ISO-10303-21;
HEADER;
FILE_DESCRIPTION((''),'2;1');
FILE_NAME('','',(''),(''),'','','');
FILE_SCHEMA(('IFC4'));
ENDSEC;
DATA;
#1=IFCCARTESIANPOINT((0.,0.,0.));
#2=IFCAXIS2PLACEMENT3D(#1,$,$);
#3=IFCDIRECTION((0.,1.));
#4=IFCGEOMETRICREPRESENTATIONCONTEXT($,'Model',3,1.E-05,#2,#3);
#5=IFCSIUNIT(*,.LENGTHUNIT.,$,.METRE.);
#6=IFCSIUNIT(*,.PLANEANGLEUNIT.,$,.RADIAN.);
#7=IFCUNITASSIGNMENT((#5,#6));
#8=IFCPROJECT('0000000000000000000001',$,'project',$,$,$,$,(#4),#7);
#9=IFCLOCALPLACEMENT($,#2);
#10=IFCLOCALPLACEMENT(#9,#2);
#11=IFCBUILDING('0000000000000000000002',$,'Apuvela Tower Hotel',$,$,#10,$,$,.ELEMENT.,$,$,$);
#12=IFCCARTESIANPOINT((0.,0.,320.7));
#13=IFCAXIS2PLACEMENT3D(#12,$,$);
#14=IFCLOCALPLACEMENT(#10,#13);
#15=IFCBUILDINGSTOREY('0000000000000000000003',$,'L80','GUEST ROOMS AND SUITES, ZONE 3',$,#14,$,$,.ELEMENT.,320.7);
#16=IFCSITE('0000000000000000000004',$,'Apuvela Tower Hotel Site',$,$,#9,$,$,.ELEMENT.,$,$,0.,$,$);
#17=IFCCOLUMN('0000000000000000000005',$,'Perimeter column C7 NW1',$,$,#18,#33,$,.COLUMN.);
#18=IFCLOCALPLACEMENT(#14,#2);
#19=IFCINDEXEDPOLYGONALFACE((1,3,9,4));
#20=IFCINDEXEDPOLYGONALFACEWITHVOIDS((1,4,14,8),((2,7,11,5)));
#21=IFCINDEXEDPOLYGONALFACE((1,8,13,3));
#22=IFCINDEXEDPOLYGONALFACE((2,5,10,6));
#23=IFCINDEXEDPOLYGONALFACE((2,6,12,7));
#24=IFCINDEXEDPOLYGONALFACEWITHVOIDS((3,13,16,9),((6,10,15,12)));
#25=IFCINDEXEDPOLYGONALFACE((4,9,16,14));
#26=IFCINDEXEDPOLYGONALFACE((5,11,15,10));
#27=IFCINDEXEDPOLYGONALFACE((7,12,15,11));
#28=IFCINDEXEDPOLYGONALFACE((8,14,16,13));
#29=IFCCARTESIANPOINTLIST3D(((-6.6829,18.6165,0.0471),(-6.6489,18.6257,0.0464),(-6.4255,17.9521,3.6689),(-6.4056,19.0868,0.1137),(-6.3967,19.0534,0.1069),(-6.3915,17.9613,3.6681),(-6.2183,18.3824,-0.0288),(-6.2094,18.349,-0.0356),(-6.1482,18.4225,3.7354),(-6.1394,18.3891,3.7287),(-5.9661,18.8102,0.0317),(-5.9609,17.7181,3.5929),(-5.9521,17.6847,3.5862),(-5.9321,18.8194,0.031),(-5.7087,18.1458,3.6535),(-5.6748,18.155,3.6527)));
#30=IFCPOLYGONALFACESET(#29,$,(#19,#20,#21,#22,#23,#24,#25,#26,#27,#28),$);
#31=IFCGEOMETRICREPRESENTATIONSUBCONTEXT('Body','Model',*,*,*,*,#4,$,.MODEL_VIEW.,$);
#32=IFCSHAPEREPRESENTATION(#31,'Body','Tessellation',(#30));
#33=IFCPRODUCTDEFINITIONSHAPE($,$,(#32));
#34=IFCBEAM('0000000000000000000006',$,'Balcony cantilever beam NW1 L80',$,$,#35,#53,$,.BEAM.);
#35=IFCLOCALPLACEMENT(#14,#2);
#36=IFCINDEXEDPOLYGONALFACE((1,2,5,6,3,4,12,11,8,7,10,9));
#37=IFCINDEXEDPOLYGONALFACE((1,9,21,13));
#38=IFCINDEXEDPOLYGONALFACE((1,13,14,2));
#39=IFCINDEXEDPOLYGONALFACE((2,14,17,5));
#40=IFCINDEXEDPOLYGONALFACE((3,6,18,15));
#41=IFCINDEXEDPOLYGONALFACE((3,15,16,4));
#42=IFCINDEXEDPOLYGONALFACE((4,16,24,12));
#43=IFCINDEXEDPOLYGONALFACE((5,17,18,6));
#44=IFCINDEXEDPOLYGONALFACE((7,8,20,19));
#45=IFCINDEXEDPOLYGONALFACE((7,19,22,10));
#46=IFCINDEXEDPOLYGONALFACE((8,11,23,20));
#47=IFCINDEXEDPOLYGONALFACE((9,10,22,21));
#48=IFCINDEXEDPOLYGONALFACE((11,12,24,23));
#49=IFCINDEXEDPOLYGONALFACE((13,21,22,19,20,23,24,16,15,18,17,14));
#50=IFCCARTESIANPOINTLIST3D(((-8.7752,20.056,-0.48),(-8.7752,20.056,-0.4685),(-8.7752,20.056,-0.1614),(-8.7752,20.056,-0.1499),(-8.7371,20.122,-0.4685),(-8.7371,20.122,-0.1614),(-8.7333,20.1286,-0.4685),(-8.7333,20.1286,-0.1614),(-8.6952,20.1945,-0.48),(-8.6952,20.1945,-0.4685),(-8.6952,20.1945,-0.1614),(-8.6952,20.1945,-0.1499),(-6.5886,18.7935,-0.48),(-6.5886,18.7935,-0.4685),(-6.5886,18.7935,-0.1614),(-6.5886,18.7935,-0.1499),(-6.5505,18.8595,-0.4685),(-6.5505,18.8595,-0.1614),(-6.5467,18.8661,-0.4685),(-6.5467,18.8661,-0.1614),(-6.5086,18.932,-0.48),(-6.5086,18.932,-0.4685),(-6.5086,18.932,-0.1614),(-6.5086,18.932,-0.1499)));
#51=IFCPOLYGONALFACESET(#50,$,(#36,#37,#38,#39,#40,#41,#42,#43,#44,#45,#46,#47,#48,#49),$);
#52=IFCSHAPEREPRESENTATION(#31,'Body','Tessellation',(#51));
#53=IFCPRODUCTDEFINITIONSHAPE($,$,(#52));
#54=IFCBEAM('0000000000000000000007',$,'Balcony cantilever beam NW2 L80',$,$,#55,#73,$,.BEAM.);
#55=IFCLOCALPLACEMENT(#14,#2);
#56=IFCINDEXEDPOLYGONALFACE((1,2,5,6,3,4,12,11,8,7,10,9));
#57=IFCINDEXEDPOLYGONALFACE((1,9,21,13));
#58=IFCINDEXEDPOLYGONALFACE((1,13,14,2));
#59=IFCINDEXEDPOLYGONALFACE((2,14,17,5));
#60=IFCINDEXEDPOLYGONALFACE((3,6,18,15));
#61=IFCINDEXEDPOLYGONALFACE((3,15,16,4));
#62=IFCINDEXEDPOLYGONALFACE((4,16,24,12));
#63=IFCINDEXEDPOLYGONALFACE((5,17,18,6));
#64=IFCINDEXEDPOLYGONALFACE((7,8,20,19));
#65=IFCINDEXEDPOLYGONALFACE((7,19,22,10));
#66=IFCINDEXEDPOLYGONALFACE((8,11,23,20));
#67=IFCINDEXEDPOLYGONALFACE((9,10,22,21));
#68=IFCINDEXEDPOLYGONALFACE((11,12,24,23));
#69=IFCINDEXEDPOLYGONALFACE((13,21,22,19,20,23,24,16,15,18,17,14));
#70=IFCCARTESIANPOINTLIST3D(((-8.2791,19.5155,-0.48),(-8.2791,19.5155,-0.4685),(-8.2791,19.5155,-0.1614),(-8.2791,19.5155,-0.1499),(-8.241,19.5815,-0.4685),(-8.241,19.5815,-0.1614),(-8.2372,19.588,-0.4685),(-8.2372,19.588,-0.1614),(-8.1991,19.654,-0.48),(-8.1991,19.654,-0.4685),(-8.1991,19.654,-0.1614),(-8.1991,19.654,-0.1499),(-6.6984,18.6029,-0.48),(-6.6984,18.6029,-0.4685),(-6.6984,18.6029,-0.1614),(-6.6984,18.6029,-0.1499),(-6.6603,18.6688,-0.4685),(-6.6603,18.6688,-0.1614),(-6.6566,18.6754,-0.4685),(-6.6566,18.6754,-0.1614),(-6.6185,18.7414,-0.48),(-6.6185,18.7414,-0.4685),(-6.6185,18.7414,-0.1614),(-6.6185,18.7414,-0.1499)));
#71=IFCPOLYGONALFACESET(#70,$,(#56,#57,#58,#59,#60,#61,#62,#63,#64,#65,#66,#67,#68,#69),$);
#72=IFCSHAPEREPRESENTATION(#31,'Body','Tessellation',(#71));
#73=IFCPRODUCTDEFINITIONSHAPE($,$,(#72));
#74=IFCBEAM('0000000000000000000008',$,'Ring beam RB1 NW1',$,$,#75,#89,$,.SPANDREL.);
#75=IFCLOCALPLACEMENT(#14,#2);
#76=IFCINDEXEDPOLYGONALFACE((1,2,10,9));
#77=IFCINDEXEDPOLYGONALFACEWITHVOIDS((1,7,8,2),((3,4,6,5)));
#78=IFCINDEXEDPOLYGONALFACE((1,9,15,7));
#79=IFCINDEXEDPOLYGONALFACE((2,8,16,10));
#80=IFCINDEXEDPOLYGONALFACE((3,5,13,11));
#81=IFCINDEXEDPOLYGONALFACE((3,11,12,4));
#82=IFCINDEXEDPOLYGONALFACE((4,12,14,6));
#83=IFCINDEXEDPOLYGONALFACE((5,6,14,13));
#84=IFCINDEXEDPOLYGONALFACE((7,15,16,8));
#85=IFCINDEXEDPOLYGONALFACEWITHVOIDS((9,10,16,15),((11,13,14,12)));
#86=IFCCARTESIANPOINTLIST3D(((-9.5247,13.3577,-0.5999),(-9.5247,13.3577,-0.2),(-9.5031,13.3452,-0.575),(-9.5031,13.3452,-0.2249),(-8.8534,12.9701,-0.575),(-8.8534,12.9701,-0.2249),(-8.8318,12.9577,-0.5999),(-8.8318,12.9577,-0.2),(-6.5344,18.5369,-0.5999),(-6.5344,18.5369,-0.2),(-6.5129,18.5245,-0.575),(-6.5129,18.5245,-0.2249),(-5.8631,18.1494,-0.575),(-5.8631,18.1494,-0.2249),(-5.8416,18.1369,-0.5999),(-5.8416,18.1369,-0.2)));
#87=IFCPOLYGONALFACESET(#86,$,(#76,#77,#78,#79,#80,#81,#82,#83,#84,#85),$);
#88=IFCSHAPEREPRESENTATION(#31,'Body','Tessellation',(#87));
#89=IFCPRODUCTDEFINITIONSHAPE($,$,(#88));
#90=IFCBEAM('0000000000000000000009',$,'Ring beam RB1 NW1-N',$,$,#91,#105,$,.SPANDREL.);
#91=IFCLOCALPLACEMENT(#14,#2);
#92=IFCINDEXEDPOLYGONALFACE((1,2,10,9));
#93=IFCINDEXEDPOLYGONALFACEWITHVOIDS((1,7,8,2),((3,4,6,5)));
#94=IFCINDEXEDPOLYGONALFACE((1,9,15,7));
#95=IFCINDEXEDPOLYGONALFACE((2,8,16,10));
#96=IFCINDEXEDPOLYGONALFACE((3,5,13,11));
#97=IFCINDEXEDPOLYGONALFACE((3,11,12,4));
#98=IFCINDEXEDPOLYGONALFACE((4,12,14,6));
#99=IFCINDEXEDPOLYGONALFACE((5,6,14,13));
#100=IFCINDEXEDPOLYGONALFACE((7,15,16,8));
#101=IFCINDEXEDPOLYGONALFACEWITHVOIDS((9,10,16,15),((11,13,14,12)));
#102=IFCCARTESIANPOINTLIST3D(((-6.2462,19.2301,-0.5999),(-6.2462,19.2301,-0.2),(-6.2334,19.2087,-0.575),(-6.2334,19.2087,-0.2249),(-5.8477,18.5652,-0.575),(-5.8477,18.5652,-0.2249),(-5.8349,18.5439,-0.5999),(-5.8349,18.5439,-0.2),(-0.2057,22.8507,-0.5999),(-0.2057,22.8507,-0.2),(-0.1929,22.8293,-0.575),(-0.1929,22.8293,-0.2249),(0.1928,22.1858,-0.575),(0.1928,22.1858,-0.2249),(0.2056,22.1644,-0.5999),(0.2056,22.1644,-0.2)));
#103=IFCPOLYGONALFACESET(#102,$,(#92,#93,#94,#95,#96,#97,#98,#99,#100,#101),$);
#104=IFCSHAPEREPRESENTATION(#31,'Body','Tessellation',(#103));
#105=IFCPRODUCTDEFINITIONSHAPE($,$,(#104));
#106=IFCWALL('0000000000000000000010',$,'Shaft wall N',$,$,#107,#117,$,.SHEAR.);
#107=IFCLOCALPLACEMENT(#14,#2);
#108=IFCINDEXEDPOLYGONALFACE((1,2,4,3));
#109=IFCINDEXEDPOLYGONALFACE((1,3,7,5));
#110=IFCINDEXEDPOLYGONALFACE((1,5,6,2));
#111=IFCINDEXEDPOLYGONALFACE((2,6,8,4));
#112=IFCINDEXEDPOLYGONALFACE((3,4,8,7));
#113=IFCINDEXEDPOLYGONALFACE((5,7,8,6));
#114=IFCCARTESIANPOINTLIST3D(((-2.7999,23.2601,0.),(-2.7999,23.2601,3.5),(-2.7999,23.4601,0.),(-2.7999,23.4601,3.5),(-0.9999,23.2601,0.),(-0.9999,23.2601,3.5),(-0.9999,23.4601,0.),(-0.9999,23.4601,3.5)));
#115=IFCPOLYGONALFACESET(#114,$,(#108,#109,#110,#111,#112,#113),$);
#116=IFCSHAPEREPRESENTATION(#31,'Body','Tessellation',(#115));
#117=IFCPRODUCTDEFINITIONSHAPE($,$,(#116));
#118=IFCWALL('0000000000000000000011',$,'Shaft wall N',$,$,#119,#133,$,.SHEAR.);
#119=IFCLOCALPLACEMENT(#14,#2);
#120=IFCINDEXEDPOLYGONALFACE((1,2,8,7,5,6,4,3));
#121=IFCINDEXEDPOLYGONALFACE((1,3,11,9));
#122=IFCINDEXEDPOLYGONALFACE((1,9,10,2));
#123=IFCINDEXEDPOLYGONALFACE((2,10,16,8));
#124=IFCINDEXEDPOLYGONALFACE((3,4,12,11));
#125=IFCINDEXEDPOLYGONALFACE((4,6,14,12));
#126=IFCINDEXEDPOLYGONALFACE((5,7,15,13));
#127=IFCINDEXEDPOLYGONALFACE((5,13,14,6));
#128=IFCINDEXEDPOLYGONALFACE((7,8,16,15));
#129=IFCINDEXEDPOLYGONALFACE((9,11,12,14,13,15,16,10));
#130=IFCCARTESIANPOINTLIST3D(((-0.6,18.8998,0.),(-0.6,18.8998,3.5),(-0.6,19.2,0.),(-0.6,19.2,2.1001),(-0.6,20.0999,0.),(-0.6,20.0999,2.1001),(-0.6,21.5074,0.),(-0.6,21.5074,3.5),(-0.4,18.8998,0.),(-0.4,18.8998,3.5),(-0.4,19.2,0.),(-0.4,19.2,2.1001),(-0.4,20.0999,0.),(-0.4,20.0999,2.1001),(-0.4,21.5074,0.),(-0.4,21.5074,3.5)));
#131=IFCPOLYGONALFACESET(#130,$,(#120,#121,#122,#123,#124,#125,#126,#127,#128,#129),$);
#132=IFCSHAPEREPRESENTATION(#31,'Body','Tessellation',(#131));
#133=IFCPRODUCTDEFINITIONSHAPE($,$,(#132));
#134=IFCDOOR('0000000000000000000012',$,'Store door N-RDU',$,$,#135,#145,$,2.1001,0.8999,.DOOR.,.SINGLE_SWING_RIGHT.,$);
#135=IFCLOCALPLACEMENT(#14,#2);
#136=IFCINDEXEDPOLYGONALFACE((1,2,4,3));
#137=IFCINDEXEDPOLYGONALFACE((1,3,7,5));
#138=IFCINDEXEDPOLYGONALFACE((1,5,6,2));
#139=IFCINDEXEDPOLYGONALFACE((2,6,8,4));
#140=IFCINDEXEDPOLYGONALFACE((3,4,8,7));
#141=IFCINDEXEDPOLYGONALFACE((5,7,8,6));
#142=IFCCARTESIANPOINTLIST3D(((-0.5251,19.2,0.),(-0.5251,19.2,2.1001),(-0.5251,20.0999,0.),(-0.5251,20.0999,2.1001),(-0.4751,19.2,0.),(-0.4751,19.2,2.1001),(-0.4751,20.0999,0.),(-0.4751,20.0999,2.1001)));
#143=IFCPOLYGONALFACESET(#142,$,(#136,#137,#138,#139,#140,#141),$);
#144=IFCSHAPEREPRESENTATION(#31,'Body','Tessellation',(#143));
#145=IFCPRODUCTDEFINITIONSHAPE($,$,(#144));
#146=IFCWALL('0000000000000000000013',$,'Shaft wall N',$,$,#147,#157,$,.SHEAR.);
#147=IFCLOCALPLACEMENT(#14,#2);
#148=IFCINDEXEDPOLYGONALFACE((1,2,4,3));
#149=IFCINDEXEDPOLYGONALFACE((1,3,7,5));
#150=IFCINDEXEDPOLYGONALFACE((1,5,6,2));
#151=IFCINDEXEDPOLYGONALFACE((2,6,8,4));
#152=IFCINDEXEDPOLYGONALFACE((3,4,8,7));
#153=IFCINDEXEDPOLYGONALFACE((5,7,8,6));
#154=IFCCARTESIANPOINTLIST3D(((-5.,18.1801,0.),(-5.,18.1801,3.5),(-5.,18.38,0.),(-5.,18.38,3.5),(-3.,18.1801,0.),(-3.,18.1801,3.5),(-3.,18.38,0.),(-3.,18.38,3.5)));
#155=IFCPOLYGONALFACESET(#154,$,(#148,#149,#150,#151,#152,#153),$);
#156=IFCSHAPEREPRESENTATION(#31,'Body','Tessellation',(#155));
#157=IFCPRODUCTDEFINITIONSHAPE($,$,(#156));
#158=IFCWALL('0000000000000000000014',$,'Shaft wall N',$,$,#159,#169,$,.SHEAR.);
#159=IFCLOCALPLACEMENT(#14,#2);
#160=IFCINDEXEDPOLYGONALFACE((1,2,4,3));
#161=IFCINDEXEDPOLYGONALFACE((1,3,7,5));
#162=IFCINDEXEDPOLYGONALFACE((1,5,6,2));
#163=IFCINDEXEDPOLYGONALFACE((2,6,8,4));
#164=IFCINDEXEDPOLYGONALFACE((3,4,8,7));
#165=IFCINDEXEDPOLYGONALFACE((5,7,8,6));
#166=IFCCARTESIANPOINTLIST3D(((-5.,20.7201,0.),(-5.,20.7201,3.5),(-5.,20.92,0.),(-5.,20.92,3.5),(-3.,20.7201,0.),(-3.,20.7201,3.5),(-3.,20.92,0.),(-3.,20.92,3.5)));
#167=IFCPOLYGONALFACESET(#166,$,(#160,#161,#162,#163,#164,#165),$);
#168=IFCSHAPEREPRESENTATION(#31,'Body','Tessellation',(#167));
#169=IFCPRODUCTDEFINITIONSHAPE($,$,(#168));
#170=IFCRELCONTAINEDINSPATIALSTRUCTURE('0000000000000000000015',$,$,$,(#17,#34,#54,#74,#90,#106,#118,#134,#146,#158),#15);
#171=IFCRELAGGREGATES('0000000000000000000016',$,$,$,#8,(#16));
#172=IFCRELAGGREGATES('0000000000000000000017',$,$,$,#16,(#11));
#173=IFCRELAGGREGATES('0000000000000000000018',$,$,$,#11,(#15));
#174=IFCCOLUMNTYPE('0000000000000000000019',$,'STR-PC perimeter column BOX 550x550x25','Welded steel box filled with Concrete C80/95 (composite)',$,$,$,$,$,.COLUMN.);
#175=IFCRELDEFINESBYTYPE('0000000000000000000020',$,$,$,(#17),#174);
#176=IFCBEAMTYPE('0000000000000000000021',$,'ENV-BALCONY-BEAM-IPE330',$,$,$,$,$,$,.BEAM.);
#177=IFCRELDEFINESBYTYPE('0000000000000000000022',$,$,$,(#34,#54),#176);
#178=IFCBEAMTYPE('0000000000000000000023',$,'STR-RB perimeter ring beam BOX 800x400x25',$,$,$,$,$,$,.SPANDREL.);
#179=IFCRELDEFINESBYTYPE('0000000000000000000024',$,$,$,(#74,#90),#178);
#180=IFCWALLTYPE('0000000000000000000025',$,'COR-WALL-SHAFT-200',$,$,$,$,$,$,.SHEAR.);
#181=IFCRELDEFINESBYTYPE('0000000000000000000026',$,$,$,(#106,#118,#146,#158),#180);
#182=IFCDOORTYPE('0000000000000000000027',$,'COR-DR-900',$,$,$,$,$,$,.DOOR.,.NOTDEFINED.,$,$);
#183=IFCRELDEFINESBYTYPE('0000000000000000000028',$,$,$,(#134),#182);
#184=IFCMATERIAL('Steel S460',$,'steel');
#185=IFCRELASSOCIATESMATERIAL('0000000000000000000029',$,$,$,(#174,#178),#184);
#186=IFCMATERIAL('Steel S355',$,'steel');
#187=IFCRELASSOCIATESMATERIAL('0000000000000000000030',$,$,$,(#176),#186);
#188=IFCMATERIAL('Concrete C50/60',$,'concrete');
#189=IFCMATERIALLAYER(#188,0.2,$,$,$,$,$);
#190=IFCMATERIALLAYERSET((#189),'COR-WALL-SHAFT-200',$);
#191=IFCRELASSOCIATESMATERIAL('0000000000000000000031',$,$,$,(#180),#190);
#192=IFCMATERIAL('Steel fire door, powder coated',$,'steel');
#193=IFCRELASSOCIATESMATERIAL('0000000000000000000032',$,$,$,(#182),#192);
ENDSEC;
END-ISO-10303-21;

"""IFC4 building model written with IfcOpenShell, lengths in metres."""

from ifc_helpers import new_model, si_unit, direction, frame, frame_2d, origin, origin_2d, place, context, subcontext, project, spatial, rectangle, hollow_rectangle, i_section, extrude, boolean, halfspace, material, layer, layer_set, material_profile, profile_set, type_object, element, fill, save


model = new_model("IFC4")

# Units and contexts
model_context = context("Model", 3, precision=1e-05, world=origin(), true_north=direction((0.0, 1.0)))
body_context = subcontext(model_context, "Body", "Model", "MODEL_VIEW")
ifc_project = project(units=[si_unit("LENGTHUNIT", "METRE"), si_unit("PLANEANGLEUNIT", "RADIAN")], contexts=[model_context])

# Site, building, storey
site_placement = place(None, origin())
site = spatial("IfcSite", under=ifc_project, at=site_placement, Name="Apuvela Tower Hotel Site", CompositionType="ELEMENT", RefElevation=0.0)
building_placement = place(site_placement, origin())
building = spatial("IfcBuilding", under=site, at=building_placement, Name="Apuvela Tower Hotel", CompositionType="ELEMENT")
storey_placement = place(building_placement, frame((0.0, 0.0, 320.7)))
storey = spatial("IfcBuildingStorey", under=building, at=storey_placement, Name="L80", Description="GUEST ROOMS AND SUITES, ZONE 3", CompositionType="ELEMENT", Elevation=320.7)

# Column
ifc_material_1 = material(Name="Steel S460", Category="steel")
ifc_material_2 = material(Name="Concrete C80/95", Category="concrete")
ifc_material_profile_1 = material_profile(ifc_material_1, hollow_rectangle(XDim=0.55, YDim=0.55, WallThickness=0.0249, at=origin_2d()), Name="BOX 550x550x25")
ifc_material_profile_2 = material_profile(ifc_material_2, rectangle(XDim=0.5, YDim=0.5, at=origin_2d()), Name="Concrete C80/95 infill")
ifc_profile_set_1 = profile_set([ifc_material_profile_1, ifc_material_profile_2], Name="Steel S460")
column_type_1 = type_object("IfcColumnType", Name="STR-PC perimeter column BOX 550x550x25", Description="Welded steel box filled with Concrete C80/95 (composite)", PredefinedType="COLUMN", material=ifc_profile_set_1)
column_1_placement = place(storey_placement, frame((-6.3103, 18.7251, 0.0), z_axis=(0.069729, -0.179988, 0.981194), x_axis=(0.504141, 0.855099, 0.12103)))
element("IfcColumn", 1, at=column_1_placement, inside=storey, type_object=column_type_1, Name="Perimeter column C7 NW1", PredefinedType="COLUMN", context=body_context, shape_type="SweptSolid", body=[
    boolean("DIFFERENCE", boolean("DIFFERENCE", extrude(hollow_rectangle(XDim=0.55, YDim=0.55, WallThickness=0.0249, at=origin_2d()), origin(), (0.0, 0.0, 1.0), 3.7708), halfspace(frame((0.0, 0.0, 0.0398), z_axis=(0.0, 0.0, 1.0), x_axis=(1.0, 0.0, 0.0)), True)), halfspace(frame((0.0, 0.0, 3.731), z_axis=(0.0, 0.0, 1.0), x_axis=(1.0, 0.0, 0.0)), False)),
])

# Beams
ifc_material_3 = material(Name="Steel S355", Category="steel")
ifc_material_profile_3 = material_profile(ifc_material_3, i_section(OverallWidth=0.1599, OverallDepth=0.3301, WebThickness=0.0076, FlangeThickness=0.0115, at=origin_2d()), Name="IPE 330")
ifc_profile_set_2 = profile_set([ifc_material_profile_3], Name="Steel S355")
beam_type_1 = type_object("IfcBeamType", Name="ENV-BALCONY-BEAM-IPE330", PredefinedType="BEAM", material=ifc_profile_set_2)
beam_1_placement = place(storey_placement, frame((-6.5486, 18.8628, -0.3149), z_axis=(-0.866015, 0.500018, 0.0), x_axis=(-0.500018, -0.866015, 0.0)))
element("IfcBeam", 2, at=beam_1_placement, inside=storey, type_object=beam_type_1, Name="Balcony cantilever beam NW1 L80", PredefinedType="BEAM", context=body_context, shape_type="SweptSolid", body=[
    extrude(i_section(OverallWidth=0.1599, OverallDepth=0.3301, WebThickness=0.0076, FlangeThickness=0.0115, at=origin_2d()), origin(), (0.0, 0.0, 1.0), 2.5249),
])
beam_2_placement = place(storey_placement, frame((-6.6584, 18.6721, -0.3149), z_axis=(-0.866012, 0.500024, 0.0), x_axis=(-0.500024, -0.866012, 0.0)))
element("IfcBeam", 3, at=beam_2_placement, inside=storey, type_object=beam_type_1, Name="Balcony cantilever beam NW2 L80", PredefinedType="BEAM", context=body_context, shape_type="SweptSolid", body=[
    extrude(i_section(OverallWidth=0.1599, OverallDepth=0.3301, WebThickness=0.0076, FlangeThickness=0.0115, at=origin_2d()), origin(), (0.0, 0.0, 1.0), 1.8252),
])
ifc_material_profile_4 = material_profile(ifc_material_1, hollow_rectangle(XDim=0.8, YDim=0.3999, WallThickness=0.0249, at=origin_2d()), Name="BOX 800x400x25")
ifc_profile_set_3 = profile_set([ifc_material_profile_4], Name="Steel S460")
beam_type_2 = type_object("IfcBeamType", Name="STR-RB perimeter ring beam BOX 800x400x25", PredefinedType="SPANDREL", material=ifc_profile_set_3)
beam_3_placement = place(storey_placement, frame((-6.188, 18.3369, -0.3999), z_axis=(-0.500003, -0.866024, 0.0), x_axis=(0.866024, -0.500003, 0.0)))
element("IfcBeam", 4, at=beam_3_placement, inside=storey, type_object=beam_type_2, Name="Ring beam RB1 NW1", PredefinedType="SPANDREL", context=body_context, shape_type="SweptSolid", body=[
    extrude(hollow_rectangle(XDim=0.8, YDim=0.3999, WallThickness=0.0249, at=origin_2d()), origin(), (0.0, 0.0, 1.0), 5.9805),
])
beam_4_placement = place(storey_placement, frame((-6.0405, 18.887, -0.3999), z_axis=(0.857725, 0.514108, 0.0), x_axis=(-0.514108, 0.857725, 0.0)))
element("IfcBeam", 5, at=beam_4_placement, inside=storey, type_object=beam_type_2, Name="Ring beam RB1 NW1-N", PredefinedType="SPANDREL", context=body_context, shape_type="SweptSolid", body=[
    extrude(hollow_rectangle(XDim=0.8, YDim=0.3999, WallThickness=0.0249, at=origin_2d()), origin(), (0.0, 0.0, 1.0), 7.0425),
])

# Wall
ifc_material_4 = material(Name="Concrete C50/60", Category="concrete")
ifc_layer_1 = layer(ifc_material_4, 0.2)
ifc_layer_set_1 = layer_set([ifc_layer_1], Name="COR-WALL-SHAFT-200")
wall_type_1 = type_object("IfcWallType", Name="COR-WALL-SHAFT-200", PredefinedType="SHEAR", material=ifc_layer_set_1)
wall_1_placement = place(storey_placement, frame((-1.0, 23.3601, 0.0), z_axis=(0.0, 0.0, 1.0), x_axis=(-1.0, 0.0, 0.0)))
element("IfcWall", 6, at=wall_1_placement, inside=storey, type_object=wall_type_1, Name="Shaft wall N", PredefinedType="SHEAR", context=body_context, shape_type="SweptSolid", body=[
    extrude(rectangle(XDim=1.8, YDim=0.2, at=frame_2d((0.8999, 0.0))), origin(), (0.0, 0.0, 1.0), 3.5),
])

# Wall, opening, door
wall_2_placement = place(storey_placement, frame((-0.5, 18.8999, 0.0), z_axis=(0.0, 0.0, 1.0), x_axis=(0.0, 1.0, 0.0)))
wall_2 = element("IfcWall", 7, at=wall_2_placement, inside=storey, type_object=wall_type_1, Name="Shaft wall N", PredefinedType="SHEAR", context=body_context, shape_type="SweptSolid", body=[
    extrude(rectangle(XDim=2.6077, YDim=0.2, at=frame_2d((1.3037, 0.0))), origin(), (0.0, 0.0, 1.0), 3.5),
])
opening_1_placement = place(wall_2_placement, frame((0.3, 0.0, 0.0)))
opening_1 = element("IfcOpeningElement", 8, at=opening_1_placement, cuts=wall_2, PredefinedType="OPENING", context=body_context, shape_type="SweptSolid", body=[
    extrude(rectangle(XDim=0.8999, YDim=2.1001, at=frame_2d((0.45, 1.05))), frame((0.0, 0.1099, 0.0), z_axis=(0.0, -1.0, 0.0), x_axis=(1.0, 0.0, 0.0)), (0.0, 0.0, 1.0), 0.22),
])
ifc_material_5 = material(Name="Steel fire door, powder coated", Category="steel")
door_type_1 = type_object("IfcDoorType", Name="COR-DR-900", OperationType="NOTDEFINED", PredefinedType="DOOR", material=ifc_material_5)
door_1_placement = place(opening_1_placement, frame((0.8999, 0.0, 0.0), z_axis=(0.0, 0.0, 1.0), x_axis=(-1.0, 0.0, 0.0)))
door_1 = element("IfcDoor", 9, at=door_1_placement, inside=storey, type_object=door_type_1, Name="Store door N-RDU", OperationType="SINGLE_SWING_RIGHT", OverallHeight=2.1001, OverallWidth=0.8999, PredefinedType="DOOR", context=body_context, shape_type="SweptSolid", body=[
    extrude(rectangle(XDim=0.8999, YDim=2.1001, at=frame_2d((0.45, 1.05))), frame((0.0, 0.0249, 0.0), z_axis=(0.0, -1.0, 0.0), x_axis=(1.0, 0.0, 0.0)), (0.0, 0.0, 1.0), 0.05),
])
fill(opening_1, door_1)

# Walls
for number, where, z_axis, x_axis, name in (
    (10, (-3.0, 18.28, 0.0), (0.0, 0.0, 1.0), (-1.0, 0.0, 0.0), "Shaft wall N"),
    (11, (-3.0, 20.8201, 0.0), (0.0, 0.0, 1.0), (-1.0, 0.0, 0.0), "Shaft wall N"),
):
    element("IfcWall", number, at=place(storey_placement, frame(where, z_axis=z_axis, x_axis=x_axis)), inside=storey, type_object=wall_type_1, Name=name, PredefinedType="SHEAR", context=body_context, shape_type="SweptSolid", body=[
        extrude(rectangle(XDim=2.0, YDim=0.2, at=frame_2d((1.0, 0.0))), origin(), (0.0, 0.0, 1.0), 3.5),
    ])

save(model, "model.ifc")
